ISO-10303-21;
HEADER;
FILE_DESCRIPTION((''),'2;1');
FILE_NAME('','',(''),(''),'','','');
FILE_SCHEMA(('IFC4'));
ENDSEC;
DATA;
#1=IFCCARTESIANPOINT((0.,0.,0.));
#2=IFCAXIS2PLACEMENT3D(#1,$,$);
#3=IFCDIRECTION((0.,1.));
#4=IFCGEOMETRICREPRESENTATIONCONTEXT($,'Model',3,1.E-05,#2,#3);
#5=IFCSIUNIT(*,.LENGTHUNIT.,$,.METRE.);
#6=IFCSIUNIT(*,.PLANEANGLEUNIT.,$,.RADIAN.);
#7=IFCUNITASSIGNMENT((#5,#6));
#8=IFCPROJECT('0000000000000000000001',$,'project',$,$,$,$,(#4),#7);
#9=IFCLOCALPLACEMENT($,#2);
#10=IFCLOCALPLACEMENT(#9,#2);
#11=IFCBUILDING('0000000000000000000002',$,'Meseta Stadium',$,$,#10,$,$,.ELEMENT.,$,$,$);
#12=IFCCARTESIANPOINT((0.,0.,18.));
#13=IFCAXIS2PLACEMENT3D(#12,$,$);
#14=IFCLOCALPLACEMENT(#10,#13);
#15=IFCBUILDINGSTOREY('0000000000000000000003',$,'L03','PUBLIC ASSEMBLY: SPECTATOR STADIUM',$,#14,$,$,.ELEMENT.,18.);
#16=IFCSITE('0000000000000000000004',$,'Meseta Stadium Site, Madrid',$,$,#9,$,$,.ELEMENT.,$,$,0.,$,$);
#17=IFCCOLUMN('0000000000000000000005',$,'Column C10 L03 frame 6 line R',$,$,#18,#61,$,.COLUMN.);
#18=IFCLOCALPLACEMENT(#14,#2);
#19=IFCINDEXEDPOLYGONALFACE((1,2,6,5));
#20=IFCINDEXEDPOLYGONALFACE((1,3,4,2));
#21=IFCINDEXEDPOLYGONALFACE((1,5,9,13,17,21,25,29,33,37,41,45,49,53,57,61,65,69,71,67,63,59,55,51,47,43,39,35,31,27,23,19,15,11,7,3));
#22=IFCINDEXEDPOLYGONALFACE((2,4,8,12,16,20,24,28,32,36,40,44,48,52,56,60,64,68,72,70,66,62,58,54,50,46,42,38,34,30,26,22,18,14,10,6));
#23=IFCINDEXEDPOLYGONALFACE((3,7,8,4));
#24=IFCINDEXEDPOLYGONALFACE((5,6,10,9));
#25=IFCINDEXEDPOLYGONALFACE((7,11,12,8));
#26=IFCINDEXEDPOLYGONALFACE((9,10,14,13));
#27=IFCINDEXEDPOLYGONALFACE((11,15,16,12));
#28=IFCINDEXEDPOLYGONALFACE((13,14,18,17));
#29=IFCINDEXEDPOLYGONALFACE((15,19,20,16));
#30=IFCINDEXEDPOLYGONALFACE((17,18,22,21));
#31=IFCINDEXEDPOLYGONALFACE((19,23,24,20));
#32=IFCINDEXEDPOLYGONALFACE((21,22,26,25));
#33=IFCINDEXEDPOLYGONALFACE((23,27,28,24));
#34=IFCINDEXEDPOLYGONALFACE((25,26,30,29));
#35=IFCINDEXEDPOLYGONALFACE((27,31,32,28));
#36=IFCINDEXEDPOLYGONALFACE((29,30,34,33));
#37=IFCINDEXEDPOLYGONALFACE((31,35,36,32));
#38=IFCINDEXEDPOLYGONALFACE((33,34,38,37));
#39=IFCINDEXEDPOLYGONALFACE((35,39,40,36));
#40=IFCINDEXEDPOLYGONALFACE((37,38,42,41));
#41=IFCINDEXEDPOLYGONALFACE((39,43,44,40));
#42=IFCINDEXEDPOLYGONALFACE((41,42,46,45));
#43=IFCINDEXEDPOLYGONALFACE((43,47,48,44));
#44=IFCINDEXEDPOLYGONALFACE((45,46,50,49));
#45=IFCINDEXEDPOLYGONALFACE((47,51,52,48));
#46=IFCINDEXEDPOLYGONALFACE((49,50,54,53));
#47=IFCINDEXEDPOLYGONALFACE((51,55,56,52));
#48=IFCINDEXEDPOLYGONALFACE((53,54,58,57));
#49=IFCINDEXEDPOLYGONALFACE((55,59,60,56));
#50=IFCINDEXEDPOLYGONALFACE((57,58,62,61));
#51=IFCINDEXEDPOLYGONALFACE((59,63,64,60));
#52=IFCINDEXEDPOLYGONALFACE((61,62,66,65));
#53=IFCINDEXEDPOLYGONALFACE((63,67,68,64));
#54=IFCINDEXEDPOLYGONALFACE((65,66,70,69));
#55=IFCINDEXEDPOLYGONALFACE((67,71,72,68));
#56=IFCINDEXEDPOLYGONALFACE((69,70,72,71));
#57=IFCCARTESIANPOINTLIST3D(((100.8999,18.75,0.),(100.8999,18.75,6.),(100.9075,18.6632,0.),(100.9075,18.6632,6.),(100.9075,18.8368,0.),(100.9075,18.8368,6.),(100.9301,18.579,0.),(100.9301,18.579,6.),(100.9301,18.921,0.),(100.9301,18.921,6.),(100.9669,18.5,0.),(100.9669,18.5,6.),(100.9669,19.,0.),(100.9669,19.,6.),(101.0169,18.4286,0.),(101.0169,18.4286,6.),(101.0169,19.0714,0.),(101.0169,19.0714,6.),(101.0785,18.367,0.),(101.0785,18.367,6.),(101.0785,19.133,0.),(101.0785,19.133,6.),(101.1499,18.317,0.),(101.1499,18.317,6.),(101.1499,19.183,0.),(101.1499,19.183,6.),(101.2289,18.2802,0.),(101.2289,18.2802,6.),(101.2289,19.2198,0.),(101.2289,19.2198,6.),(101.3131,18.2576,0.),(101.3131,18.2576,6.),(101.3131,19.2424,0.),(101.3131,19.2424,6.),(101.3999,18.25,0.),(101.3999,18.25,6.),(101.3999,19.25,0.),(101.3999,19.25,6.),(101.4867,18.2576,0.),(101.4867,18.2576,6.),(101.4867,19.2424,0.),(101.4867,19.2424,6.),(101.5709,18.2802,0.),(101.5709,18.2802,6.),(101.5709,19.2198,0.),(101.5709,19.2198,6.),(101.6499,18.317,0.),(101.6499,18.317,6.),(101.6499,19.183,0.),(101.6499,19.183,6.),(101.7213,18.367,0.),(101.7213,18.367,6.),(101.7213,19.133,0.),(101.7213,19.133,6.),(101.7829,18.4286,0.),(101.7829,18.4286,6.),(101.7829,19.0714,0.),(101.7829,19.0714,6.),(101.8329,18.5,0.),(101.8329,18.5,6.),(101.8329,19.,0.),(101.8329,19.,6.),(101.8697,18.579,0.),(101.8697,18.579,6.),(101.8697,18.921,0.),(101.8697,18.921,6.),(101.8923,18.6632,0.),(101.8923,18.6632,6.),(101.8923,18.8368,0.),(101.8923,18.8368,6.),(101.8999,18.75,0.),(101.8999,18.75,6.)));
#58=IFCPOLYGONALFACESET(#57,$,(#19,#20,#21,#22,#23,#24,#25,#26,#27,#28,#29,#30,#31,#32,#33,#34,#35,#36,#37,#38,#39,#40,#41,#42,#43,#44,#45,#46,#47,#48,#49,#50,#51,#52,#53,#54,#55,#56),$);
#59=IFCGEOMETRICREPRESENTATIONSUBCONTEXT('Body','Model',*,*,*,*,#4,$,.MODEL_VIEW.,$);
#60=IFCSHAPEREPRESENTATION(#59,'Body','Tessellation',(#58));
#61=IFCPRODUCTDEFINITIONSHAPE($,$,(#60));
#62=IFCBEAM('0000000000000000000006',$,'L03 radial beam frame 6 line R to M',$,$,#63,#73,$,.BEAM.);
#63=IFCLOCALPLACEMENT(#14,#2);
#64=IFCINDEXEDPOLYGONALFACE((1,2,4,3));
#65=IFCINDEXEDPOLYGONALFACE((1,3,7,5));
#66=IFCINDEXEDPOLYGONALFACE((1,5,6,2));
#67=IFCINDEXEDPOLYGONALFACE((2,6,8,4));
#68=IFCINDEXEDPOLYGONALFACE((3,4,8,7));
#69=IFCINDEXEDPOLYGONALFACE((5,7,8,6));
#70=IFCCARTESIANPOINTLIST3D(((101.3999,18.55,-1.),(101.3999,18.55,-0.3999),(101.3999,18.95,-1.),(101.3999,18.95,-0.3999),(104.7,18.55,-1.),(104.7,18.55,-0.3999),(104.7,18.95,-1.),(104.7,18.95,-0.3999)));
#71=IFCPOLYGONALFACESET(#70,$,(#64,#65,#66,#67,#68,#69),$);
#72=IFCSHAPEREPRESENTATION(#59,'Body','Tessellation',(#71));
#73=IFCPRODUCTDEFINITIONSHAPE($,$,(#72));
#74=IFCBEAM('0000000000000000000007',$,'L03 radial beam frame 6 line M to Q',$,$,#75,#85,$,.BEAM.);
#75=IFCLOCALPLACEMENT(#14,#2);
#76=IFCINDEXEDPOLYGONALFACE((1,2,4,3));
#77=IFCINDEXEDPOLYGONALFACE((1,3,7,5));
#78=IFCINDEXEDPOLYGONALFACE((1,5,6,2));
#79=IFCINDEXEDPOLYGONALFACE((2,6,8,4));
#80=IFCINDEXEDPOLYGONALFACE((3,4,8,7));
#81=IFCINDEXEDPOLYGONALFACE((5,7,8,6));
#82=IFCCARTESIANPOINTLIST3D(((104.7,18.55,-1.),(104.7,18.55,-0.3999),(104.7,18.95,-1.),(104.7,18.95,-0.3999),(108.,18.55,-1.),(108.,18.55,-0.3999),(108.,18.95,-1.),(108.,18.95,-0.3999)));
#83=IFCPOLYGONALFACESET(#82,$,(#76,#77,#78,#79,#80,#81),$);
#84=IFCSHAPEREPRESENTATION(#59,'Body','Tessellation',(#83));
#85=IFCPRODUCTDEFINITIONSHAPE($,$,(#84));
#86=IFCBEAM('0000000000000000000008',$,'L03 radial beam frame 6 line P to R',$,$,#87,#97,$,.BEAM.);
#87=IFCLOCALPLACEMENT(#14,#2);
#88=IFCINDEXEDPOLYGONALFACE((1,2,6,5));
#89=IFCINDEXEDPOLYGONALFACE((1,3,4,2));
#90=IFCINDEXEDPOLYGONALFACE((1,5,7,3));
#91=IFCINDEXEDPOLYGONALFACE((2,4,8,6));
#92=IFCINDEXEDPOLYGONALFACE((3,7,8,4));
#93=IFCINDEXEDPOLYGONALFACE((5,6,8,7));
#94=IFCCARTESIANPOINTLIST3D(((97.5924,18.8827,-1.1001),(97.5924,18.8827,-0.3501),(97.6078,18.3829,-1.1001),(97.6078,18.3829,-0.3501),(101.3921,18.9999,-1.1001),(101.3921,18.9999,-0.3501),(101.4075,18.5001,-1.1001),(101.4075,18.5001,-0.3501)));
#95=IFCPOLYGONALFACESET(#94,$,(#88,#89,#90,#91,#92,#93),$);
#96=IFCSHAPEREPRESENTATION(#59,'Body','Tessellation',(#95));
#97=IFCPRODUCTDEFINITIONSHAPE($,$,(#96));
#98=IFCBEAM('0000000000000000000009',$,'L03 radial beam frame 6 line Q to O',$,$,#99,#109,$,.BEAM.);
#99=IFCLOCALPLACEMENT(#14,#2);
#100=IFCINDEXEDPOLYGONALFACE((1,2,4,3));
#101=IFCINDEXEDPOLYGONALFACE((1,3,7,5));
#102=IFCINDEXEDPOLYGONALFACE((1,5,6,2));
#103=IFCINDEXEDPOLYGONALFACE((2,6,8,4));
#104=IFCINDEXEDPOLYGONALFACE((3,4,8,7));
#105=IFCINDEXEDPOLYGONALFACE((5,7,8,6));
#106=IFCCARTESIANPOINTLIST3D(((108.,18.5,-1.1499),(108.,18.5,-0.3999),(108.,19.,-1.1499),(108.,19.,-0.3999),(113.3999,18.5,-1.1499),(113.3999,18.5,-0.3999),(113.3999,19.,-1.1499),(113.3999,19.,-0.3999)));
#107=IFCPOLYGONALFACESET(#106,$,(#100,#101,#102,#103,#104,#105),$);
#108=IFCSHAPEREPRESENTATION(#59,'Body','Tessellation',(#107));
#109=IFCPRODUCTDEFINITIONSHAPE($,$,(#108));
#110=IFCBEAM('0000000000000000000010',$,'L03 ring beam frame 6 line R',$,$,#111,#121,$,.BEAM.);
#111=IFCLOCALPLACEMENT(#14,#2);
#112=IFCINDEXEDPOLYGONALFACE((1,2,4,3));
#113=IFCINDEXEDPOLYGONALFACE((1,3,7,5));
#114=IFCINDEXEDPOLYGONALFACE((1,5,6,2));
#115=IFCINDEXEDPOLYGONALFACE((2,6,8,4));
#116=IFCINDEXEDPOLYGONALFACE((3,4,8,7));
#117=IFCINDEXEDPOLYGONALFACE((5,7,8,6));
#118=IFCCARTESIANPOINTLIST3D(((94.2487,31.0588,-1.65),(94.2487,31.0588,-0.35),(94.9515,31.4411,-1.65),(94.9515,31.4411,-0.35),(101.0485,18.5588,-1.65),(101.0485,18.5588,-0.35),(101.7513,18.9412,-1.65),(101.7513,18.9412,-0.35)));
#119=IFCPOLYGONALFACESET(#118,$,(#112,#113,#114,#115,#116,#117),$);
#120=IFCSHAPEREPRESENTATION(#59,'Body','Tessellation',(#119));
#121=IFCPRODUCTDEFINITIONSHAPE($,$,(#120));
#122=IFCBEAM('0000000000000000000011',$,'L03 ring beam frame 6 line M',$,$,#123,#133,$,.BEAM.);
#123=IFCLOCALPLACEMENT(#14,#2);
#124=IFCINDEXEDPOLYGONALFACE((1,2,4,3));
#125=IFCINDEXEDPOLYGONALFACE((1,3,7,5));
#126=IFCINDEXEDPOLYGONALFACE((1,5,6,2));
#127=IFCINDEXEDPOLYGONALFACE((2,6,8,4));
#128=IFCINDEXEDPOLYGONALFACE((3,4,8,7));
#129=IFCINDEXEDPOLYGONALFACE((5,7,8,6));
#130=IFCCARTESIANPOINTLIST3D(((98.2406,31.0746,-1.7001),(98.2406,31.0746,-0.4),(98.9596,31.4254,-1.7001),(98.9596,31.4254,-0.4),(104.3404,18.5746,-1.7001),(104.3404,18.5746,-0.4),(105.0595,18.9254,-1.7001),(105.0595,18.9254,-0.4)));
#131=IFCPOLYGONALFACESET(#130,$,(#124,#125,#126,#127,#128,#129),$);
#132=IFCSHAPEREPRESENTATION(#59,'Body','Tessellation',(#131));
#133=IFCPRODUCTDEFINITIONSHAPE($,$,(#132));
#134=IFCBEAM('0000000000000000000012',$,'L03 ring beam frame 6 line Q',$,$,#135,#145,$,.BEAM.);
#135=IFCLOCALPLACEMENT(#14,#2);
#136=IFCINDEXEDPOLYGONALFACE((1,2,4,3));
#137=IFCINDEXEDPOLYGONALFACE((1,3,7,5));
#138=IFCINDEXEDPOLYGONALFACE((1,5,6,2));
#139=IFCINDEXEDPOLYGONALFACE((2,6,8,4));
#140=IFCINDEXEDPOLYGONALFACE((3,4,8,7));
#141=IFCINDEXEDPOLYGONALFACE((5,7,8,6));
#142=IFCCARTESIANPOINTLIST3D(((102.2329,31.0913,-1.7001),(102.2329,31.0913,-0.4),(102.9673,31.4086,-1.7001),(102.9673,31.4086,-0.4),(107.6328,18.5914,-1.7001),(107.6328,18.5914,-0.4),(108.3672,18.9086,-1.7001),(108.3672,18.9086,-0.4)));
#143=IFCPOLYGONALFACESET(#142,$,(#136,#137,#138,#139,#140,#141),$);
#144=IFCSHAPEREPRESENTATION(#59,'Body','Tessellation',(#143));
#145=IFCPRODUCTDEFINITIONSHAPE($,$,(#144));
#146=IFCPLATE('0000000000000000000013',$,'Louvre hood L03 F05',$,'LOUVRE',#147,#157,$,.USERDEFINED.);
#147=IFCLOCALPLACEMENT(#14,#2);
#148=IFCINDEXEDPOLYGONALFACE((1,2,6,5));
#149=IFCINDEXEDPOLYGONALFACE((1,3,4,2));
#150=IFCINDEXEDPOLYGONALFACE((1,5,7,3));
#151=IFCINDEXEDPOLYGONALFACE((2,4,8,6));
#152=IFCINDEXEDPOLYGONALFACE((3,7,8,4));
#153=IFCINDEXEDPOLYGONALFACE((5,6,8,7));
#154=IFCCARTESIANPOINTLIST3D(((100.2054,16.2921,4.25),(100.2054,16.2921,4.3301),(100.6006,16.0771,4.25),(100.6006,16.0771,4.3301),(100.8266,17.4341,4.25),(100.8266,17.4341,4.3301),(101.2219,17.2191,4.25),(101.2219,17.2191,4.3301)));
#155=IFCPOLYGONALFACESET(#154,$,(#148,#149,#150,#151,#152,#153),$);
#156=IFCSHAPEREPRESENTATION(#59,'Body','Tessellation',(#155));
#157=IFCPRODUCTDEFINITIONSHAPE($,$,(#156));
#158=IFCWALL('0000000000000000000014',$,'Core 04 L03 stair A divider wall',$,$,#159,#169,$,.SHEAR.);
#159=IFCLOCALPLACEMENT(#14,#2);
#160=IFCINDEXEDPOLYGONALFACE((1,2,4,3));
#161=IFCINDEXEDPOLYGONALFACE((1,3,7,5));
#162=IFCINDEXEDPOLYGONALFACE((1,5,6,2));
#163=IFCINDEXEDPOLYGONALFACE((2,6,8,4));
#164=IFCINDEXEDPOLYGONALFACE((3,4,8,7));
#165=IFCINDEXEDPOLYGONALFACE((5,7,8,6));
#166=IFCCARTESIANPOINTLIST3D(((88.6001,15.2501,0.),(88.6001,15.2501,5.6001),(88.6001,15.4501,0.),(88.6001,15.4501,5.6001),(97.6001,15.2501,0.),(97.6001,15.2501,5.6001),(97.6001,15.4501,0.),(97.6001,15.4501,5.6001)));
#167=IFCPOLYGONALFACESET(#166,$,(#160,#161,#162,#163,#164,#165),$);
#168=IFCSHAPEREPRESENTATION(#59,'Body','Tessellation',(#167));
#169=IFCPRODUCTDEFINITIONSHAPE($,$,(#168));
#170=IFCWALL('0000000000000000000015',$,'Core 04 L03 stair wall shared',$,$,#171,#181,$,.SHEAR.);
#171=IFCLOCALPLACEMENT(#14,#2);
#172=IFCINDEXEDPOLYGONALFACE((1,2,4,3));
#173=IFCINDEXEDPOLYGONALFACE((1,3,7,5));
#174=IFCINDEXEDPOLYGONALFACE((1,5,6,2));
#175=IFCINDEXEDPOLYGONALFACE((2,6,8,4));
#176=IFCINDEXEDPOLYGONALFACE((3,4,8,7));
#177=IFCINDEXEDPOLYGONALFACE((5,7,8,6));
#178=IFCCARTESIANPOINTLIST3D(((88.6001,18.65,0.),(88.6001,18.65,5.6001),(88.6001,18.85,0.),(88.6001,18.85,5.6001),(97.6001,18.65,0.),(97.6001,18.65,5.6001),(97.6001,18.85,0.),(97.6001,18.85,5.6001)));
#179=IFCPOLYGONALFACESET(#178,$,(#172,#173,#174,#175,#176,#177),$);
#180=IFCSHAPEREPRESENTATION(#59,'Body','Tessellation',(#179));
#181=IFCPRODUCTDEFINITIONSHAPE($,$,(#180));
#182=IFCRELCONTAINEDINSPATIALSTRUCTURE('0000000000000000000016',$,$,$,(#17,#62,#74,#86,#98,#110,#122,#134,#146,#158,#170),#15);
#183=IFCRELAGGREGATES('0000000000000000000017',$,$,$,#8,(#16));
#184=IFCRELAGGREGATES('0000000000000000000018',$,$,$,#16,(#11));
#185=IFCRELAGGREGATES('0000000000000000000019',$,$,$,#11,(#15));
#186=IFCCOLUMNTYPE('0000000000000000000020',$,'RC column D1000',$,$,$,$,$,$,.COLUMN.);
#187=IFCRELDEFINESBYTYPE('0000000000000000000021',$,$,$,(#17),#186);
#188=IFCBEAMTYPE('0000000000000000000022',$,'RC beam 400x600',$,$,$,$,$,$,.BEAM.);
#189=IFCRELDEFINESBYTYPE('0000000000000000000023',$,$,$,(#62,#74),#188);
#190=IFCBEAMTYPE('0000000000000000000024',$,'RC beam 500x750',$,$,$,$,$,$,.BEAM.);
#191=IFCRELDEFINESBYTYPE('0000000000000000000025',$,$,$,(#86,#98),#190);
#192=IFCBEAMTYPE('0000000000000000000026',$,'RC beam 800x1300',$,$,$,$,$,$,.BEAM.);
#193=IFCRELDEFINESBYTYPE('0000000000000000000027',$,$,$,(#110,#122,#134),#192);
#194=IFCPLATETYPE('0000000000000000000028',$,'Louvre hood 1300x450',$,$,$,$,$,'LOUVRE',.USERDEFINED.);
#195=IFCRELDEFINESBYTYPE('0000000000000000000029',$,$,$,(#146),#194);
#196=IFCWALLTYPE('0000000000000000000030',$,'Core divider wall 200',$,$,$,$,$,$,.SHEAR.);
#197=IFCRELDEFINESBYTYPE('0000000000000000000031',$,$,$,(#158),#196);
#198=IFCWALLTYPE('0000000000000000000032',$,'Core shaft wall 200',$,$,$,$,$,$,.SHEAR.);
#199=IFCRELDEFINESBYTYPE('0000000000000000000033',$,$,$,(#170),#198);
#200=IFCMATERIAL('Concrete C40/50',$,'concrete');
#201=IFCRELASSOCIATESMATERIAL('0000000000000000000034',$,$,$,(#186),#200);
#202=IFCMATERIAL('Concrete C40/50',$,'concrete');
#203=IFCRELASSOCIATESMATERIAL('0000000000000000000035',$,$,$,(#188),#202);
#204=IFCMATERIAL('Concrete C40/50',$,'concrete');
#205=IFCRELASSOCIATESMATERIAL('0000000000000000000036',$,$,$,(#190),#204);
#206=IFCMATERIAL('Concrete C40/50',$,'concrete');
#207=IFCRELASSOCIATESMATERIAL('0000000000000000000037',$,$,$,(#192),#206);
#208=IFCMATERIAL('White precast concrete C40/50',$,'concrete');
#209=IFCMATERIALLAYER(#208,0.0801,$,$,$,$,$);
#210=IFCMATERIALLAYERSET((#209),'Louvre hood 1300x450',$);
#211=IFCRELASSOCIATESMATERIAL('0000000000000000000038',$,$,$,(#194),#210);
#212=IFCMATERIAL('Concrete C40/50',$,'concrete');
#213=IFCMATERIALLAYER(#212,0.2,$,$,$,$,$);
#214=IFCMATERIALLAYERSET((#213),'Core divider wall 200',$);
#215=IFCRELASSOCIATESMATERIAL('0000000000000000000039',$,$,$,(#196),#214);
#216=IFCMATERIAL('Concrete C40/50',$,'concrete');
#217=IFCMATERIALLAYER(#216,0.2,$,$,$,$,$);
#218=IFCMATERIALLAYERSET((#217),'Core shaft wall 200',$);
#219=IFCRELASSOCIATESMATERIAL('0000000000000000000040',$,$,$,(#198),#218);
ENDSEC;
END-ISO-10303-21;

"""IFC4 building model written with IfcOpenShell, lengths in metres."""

from ifc_helpers import new_model, si_unit, direction, frame, frame_2d, origin, origin_2d, place, context, subcontext, project, spatial, rectangle, circle, extrude, material, layer, layer_set, material_profile, profile_set, type_object, element, save


model = new_model("IFC4")

# Units and contexts
model_context = context("Model", 3, precision=1e-05, world=origin(), true_north=direction((0.0, 1.0)))
body_context = subcontext(model_context, "Body", "Model", "MODEL_VIEW")
ifc_project = project(units=[si_unit("LENGTHUNIT", "METRE"), si_unit("PLANEANGLEUNIT", "RADIAN")], contexts=[model_context])

# Site, building, storey
site_placement = place(None, origin())
site = spatial("IfcSite", under=ifc_project, at=site_placement, Name="Meseta Stadium Site, Madrid", CompositionType="ELEMENT", RefElevation=0.0)
building_placement = place(site_placement, origin())
building = spatial("IfcBuilding", under=site, at=building_placement, Name="Meseta Stadium", CompositionType="ELEMENT")
storey_placement = place(building_placement, frame((0.0, 0.0, 18.0)))
storey = spatial("IfcBuildingStorey", under=building, at=storey_placement, Name="L03", Description="PUBLIC ASSEMBLY: SPECTATOR STADIUM", CompositionType="ELEMENT", Elevation=18.0)

# Column
ifc_material_1 = material(Name="Concrete C40/50", Category="concrete")
ifc_material_profile_1 = material_profile(ifc_material_1, circle(Radius=0.5, at=origin_2d()), Name="RC D1000")
ifc_profile_set_1 = profile_set([ifc_material_profile_1], Name="Concrete C40/50")
column_type = type_object("IfcColumnType", Name="RC column D1000", PredefinedType="COLUMN", material=ifc_profile_set_1)
column_placement = place(storey_placement, frame((101.3999, 18.75, 0.0), z_axis=(0.0, 0.0, 1.0), x_axis=(1.0, 0.0, 0.0)))
element("IfcColumn", 1, at=column_placement, inside=storey, type_object=column_type, Name="Column C10 L03 frame 6 line R", PredefinedType="COLUMN", context=body_context, shape_type="SweptSolid", body=[
    extrude(circle(Radius=0.5, at=origin_2d()), origin(), (0.0, 0.0, 1.0), 6.0),
])

# Beams
ifc_material_2 = material(Name="Concrete C40/50", Category="concrete")
ifc_material_profile_2 = material_profile(ifc_material_2, rectangle(XDim=0.3999, YDim=0.6001, at=origin_2d()), Name="RC 400x600")
ifc_profile_set_2 = profile_set([ifc_material_profile_2], Name="Concrete C40/50")
beam_type_1 = type_object("IfcBeamType", Name="RC beam 400x600", PredefinedType="BEAM", material=ifc_profile_set_2)
for number, where, z_axis, x_axis, name in (
    (2, (101.3999, 18.75, -0.7), (1.0, 0.0, 0.0), (0.0, 1.0, 0.0), "L03 radial beam frame 6 line R to M"),
    (3, (104.7, 18.75, -0.7), (1.0, 0.0, 0.0), (0.0, 1.0, 0.0), "L03 radial beam frame 6 line M to Q"),
):
    element("IfcBeam", number, at=place(storey_placement, frame(where, z_axis=z_axis, x_axis=x_axis)), inside=storey, type_object=beam_type_1, Name=name, PredefinedType="BEAM", context=body_context, shape_type="SweptSolid", body=[
        extrude(rectangle(XDim=0.3999, YDim=0.6001, at=origin_2d()), origin(), (0.0, 0.0, 1.0), 3.3),
    ])
ifc_material_3 = material(Name="Concrete C40/50", Category="concrete")
ifc_material_profile_3 = material_profile(ifc_material_3, rectangle(XDim=0.5, YDim=0.75, at=origin_2d()), Name="RC 500x750")
ifc_profile_set_3 = profile_set([ifc_material_profile_3], Name="Concrete C40/50")
beam_type_2 = type_object("IfcBeamType", Name="RC beam 500x750", PredefinedType="BEAM", material=ifc_profile_set_3)
beam_1_placement = place(storey_placement, frame((97.6001, 18.6328, -0.7251), z_axis=(0.999525, 0.030826, 0.0), x_axis=(-0.030826, 0.999525, 0.0)))
element("IfcBeam", 4, at=beam_1_placement, inside=storey, type_object=beam_type_2, Name="L03 radial beam frame 6 line P to R", PredefinedType="BEAM", context=body_context, shape_type="SweptSolid", body=[
    extrude(rectangle(XDim=0.5, YDim=0.75, at=origin_2d()), origin(), (0.0, 0.0, 1.0), 3.8015),
])
beam_2_placement = place(storey_placement, frame((108.0, 18.75, -0.7749), z_axis=(1.0, 0.0, 0.0), x_axis=(0.0, 1.0, 0.0)))
element("IfcBeam", 5, at=beam_2_placement, inside=storey, type_object=beam_type_2, Name="L03 radial beam frame 6 line Q to O", PredefinedType="BEAM", context=body_context, shape_type="SweptSolid", body=[
    extrude(rectangle(XDim=0.5, YDim=0.75, at=origin_2d()), origin(), (0.0, 0.0, 1.0), 5.3999),
])
ifc_material_4 = material(Name="Concrete C40/50", Category="concrete")
ifc_material_profile_4 = material_profile(ifc_material_4, rectangle(XDim=0.8, YDim=1.3, at=origin_2d()), Name="RC 800x1300")
ifc_profile_set_4 = profile_set([ifc_material_profile_4], Name="Concrete C40/50")
beam_type_3 = type_object("IfcBeamType", Name="RC beam 800x1300", PredefinedType="BEAM", material=ifc_profile_set_4)
beam_3_placement = place(storey_placement, frame((101.3999, 18.75, -1.0), z_axis=(-0.477856, 0.878438, 0.0), x_axis=(-0.878438, -0.477856, 0.0)))
element("IfcBeam", 6, at=beam_3_placement, inside=storey, type_object=beam_type_3, Name="L03 ring beam frame 6 line R", PredefinedType="BEAM", context=body_context, shape_type="SweptSolid", body=[
    extrude(rectangle(XDim=0.8, YDim=1.3, at=origin_2d()), origin(), (0.0, 0.0, 1.0), 14.2297),
])
beam_4_placement = place(storey_placement, frame((104.7, 18.75, -1.05), z_axis=(-0.438557, 0.898703, 0.0), x_axis=(-0.898703, -0.438557, 0.0)))
element("IfcBeam", 7, at=beam_4_placement, inside=storey, type_object=beam_type_3, Name="L03 ring beam frame 6 line M", PredefinedType="BEAM", context=body_context, shape_type="SweptSolid", body=[
    extrude(rectangle(XDim=0.8, YDim=1.3, at=origin_2d()), origin(), (0.0, 0.0, 1.0), 13.9089),
])
beam_5_placement = place(storey_placement, frame((108.0, 18.75, -1.05), z_axis=(-0.396571, 0.918004, 0.0), x_axis=(-0.918004, -0.396571, 0.0)))
element("IfcBeam", 8, at=beam_5_placement, inside=storey, type_object=beam_type_3, Name="L03 ring beam frame 6 line Q", PredefinedType="BEAM", context=body_context, shape_type="SweptSolid", body=[
    extrude(rectangle(XDim=0.8, YDim=1.3, at=origin_2d()), origin(), (0.0, 0.0, 1.0), 13.6165),
])

# Plate
ifc_material_5 = material(Name="White precast concrete C40/50", Category="concrete")
ifc_layer_1 = layer(ifc_material_5, 0.0801)
ifc_layer_set_1 = layer_set([ifc_layer_1], Name="Louvre hood 1300x450")
plate_type = type_object("IfcPlateType", Name="Louvre hood 1300x450", ElementType="LOUVRE", PredefinedType="USERDEFINED", material=ifc_layer_set_1)
plate_placement = place(storey_placement, frame((100.7136, 16.7556, 4.25), z_axis=(0.0, 0.0, 1.0), x_axis=(0.477867, 0.878432, 0.0)))
element("IfcPlate", 9, at=plate_placement, inside=storey, type_object=plate_type, Name="Louvre hood L03 F05", ObjectType="LOUVRE", PredefinedType="USERDEFINED", context=body_context, shape_type="SweptSolid", body=[
    extrude(rectangle(XDim=1.3, YDim=0.45, at=origin_2d()), origin(), (0.0, 0.0, 1.0), 0.0801),
])

# Walls
ifc_material_6 = material(Name="Concrete C40/50", Category="concrete")
ifc_layer_2 = layer(ifc_material_6, 0.2)
ifc_layer_set_2 = layer_set([ifc_layer_2], Name="Core divider wall 200")
wall_type_1 = type_object("IfcWallType", Name="Core divider wall 200", PredefinedType="SHEAR", material=ifc_layer_set_2)
wall_1_placement = place(storey_placement, frame((97.6001, 15.3501, 0.0), z_axis=(0.0, 0.0, 1.0), x_axis=(-1.0, 0.0, 0.0)))
element("IfcWall", 10, at=wall_1_placement, inside=storey, type_object=wall_type_1, Name="Core 04 L03 stair A divider wall", PredefinedType="SHEAR", context=body_context, shape_type="SweptSolid", body=[
    extrude(rectangle(XDim=9.0, YDim=0.2, at=frame_2d((4.5, 0.0))), origin(), (0.0, 0.0, 1.0), 5.6001),
])
ifc_material_7 = material(Name="Concrete C40/50", Category="concrete")
ifc_layer_3 = layer(ifc_material_7, 0.2)
ifc_layer_set_3 = layer_set([ifc_layer_3], Name="Core shaft wall 200")
wall_type_2 = type_object("IfcWallType", Name="Core shaft wall 200", PredefinedType="SHEAR", material=ifc_layer_set_3)
wall_2_placement = place(storey_placement, frame((97.6001, 18.75, 0.0), z_axis=(0.0, 0.0, 1.0), x_axis=(-1.0, 0.0, 0.0)))
element("IfcWall", 11, at=wall_2_placement, inside=storey, type_object=wall_type_2, Name="Core 04 L03 stair wall shared", PredefinedType="SHEAR", context=body_context, shape_type="SweptSolid", body=[
    extrude(rectangle(XDim=9.0, YDim=0.2, at=frame_2d((4.5, 0.0))), origin(), (0.0, 0.0, 1.0), 5.6001),
])

save(model, "model.ifc")
